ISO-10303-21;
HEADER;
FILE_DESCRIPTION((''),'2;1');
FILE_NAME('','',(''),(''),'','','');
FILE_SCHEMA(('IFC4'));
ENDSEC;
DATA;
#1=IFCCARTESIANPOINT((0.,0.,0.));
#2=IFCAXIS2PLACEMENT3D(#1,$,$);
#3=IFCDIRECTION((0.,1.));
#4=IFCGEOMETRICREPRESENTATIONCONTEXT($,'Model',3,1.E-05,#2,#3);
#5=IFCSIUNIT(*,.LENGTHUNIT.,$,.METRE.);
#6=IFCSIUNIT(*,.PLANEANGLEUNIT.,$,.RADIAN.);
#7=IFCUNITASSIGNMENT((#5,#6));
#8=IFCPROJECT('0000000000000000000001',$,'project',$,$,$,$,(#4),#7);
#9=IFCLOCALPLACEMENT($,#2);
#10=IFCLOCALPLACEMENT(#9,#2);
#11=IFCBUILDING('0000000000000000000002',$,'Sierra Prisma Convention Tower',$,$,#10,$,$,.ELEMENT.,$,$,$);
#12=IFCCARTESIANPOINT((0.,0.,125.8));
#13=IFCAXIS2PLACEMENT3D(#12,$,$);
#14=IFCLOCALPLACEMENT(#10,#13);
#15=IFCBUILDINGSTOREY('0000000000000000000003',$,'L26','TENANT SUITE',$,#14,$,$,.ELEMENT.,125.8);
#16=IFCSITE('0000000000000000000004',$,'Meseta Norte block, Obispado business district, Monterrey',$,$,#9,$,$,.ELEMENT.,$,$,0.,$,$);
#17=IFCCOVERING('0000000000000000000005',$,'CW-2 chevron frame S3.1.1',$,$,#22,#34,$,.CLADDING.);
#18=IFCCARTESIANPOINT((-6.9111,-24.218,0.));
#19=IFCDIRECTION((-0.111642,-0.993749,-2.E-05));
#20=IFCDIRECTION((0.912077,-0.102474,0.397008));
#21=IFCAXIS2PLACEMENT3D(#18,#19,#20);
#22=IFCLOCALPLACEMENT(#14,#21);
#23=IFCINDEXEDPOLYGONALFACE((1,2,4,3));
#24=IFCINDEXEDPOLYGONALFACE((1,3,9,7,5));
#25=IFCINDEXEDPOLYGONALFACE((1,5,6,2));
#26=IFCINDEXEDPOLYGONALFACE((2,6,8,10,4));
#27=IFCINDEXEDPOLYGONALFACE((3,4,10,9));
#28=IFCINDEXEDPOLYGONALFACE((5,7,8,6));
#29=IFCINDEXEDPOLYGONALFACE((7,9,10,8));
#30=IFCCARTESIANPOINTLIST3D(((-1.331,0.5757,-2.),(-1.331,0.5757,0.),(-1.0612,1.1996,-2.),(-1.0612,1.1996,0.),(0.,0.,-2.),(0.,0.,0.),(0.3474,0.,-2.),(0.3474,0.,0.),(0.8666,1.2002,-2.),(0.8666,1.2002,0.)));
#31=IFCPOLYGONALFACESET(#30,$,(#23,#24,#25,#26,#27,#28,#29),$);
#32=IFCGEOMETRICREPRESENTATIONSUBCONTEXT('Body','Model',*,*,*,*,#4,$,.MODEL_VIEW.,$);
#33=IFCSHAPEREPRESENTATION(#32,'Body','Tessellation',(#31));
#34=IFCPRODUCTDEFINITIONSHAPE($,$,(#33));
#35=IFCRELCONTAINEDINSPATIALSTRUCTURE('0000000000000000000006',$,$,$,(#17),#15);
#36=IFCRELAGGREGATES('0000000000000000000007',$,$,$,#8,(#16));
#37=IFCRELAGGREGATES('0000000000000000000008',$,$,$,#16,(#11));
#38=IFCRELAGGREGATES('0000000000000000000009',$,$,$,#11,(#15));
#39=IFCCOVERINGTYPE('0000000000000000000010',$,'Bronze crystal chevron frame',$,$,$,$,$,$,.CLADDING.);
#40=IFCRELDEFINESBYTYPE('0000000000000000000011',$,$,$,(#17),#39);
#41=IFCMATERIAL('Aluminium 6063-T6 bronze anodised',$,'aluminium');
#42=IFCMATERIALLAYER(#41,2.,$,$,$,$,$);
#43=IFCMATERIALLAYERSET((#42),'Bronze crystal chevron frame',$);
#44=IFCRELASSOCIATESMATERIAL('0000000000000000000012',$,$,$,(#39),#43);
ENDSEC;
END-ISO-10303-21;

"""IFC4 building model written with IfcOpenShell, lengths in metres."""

from ifc_helpers import new_model, si_unit, direction, frame, origin, place, context, subcontext, project, spatial, polyline, outline, extrude, material, layer, layer_set, type_object, element, save


model = new_model("IFC4")

# Units and contexts
model_context = context("Model", 3, precision=1e-05, world=origin(), true_north=direction((0.0, 1.0)))
body_context = subcontext(model_context, "Body", "Model", "MODEL_VIEW")
ifc_project = project(units=[si_unit("LENGTHUNIT", "METRE"), si_unit("PLANEANGLEUNIT", "RADIAN")], contexts=[model_context])

# Site, building, storey
site_placement = place(None, origin())
site = spatial("IfcSite", under=ifc_project, at=site_placement, Name="Meseta Norte block, Obispado business district, Monterrey", CompositionType="ELEMENT", RefElevation=0.0)
building_placement = place(site_placement, origin())
building = spatial("IfcBuilding", under=site, at=building_placement, Name="Sierra Prisma Convention Tower", CompositionType="ELEMENT")
storey_placement = place(building_placement, frame((0.0, 0.0, 125.8)))
storey = spatial("IfcBuildingStorey", under=building, at=storey_placement, Name="L26", Description="TENANT SUITE", CompositionType="ELEMENT", Elevation=125.8)

# Covering
ifc_material_1 = material(Name="Aluminium 6063-T6 bronze anodised", Category="aluminium")
ifc_layer_1 = layer(ifc_material_1, 2.0)
ifc_layer_set_1 = layer_set([ifc_layer_1], Name="Bronze crystal chevron frame")
covering_type = type_object("IfcCoveringType", Name="Bronze crystal chevron frame", PredefinedType="CLADDING", material=ifc_layer_set_1)
covering_1_placement = place(storey_placement, frame((-6.9111, -24.218, 0.0), z_axis=(-0.111642, -0.993749, -0.00002), x_axis=(0.912077, -0.102474, 0.397008)))
element("IfcCovering", 1, at=covering_1_placement, inside=storey, type_object=covering_type, Name="CW-2 chevron frame S3.1.1", PredefinedType="CLADDING", context=body_context, shape_type="SweptSolid", body=[
    extrude(outline(polyline([(0.0, 0.0), (0.3474, 0.0), (0.8666, 1.2002), (-1.0612, 1.1996), (-1.331, 0.5757), (0.0, 0.0)])), origin(), (0.0, 0.0, -1.0), 2.0),
])

save(model, "model.ifc")
